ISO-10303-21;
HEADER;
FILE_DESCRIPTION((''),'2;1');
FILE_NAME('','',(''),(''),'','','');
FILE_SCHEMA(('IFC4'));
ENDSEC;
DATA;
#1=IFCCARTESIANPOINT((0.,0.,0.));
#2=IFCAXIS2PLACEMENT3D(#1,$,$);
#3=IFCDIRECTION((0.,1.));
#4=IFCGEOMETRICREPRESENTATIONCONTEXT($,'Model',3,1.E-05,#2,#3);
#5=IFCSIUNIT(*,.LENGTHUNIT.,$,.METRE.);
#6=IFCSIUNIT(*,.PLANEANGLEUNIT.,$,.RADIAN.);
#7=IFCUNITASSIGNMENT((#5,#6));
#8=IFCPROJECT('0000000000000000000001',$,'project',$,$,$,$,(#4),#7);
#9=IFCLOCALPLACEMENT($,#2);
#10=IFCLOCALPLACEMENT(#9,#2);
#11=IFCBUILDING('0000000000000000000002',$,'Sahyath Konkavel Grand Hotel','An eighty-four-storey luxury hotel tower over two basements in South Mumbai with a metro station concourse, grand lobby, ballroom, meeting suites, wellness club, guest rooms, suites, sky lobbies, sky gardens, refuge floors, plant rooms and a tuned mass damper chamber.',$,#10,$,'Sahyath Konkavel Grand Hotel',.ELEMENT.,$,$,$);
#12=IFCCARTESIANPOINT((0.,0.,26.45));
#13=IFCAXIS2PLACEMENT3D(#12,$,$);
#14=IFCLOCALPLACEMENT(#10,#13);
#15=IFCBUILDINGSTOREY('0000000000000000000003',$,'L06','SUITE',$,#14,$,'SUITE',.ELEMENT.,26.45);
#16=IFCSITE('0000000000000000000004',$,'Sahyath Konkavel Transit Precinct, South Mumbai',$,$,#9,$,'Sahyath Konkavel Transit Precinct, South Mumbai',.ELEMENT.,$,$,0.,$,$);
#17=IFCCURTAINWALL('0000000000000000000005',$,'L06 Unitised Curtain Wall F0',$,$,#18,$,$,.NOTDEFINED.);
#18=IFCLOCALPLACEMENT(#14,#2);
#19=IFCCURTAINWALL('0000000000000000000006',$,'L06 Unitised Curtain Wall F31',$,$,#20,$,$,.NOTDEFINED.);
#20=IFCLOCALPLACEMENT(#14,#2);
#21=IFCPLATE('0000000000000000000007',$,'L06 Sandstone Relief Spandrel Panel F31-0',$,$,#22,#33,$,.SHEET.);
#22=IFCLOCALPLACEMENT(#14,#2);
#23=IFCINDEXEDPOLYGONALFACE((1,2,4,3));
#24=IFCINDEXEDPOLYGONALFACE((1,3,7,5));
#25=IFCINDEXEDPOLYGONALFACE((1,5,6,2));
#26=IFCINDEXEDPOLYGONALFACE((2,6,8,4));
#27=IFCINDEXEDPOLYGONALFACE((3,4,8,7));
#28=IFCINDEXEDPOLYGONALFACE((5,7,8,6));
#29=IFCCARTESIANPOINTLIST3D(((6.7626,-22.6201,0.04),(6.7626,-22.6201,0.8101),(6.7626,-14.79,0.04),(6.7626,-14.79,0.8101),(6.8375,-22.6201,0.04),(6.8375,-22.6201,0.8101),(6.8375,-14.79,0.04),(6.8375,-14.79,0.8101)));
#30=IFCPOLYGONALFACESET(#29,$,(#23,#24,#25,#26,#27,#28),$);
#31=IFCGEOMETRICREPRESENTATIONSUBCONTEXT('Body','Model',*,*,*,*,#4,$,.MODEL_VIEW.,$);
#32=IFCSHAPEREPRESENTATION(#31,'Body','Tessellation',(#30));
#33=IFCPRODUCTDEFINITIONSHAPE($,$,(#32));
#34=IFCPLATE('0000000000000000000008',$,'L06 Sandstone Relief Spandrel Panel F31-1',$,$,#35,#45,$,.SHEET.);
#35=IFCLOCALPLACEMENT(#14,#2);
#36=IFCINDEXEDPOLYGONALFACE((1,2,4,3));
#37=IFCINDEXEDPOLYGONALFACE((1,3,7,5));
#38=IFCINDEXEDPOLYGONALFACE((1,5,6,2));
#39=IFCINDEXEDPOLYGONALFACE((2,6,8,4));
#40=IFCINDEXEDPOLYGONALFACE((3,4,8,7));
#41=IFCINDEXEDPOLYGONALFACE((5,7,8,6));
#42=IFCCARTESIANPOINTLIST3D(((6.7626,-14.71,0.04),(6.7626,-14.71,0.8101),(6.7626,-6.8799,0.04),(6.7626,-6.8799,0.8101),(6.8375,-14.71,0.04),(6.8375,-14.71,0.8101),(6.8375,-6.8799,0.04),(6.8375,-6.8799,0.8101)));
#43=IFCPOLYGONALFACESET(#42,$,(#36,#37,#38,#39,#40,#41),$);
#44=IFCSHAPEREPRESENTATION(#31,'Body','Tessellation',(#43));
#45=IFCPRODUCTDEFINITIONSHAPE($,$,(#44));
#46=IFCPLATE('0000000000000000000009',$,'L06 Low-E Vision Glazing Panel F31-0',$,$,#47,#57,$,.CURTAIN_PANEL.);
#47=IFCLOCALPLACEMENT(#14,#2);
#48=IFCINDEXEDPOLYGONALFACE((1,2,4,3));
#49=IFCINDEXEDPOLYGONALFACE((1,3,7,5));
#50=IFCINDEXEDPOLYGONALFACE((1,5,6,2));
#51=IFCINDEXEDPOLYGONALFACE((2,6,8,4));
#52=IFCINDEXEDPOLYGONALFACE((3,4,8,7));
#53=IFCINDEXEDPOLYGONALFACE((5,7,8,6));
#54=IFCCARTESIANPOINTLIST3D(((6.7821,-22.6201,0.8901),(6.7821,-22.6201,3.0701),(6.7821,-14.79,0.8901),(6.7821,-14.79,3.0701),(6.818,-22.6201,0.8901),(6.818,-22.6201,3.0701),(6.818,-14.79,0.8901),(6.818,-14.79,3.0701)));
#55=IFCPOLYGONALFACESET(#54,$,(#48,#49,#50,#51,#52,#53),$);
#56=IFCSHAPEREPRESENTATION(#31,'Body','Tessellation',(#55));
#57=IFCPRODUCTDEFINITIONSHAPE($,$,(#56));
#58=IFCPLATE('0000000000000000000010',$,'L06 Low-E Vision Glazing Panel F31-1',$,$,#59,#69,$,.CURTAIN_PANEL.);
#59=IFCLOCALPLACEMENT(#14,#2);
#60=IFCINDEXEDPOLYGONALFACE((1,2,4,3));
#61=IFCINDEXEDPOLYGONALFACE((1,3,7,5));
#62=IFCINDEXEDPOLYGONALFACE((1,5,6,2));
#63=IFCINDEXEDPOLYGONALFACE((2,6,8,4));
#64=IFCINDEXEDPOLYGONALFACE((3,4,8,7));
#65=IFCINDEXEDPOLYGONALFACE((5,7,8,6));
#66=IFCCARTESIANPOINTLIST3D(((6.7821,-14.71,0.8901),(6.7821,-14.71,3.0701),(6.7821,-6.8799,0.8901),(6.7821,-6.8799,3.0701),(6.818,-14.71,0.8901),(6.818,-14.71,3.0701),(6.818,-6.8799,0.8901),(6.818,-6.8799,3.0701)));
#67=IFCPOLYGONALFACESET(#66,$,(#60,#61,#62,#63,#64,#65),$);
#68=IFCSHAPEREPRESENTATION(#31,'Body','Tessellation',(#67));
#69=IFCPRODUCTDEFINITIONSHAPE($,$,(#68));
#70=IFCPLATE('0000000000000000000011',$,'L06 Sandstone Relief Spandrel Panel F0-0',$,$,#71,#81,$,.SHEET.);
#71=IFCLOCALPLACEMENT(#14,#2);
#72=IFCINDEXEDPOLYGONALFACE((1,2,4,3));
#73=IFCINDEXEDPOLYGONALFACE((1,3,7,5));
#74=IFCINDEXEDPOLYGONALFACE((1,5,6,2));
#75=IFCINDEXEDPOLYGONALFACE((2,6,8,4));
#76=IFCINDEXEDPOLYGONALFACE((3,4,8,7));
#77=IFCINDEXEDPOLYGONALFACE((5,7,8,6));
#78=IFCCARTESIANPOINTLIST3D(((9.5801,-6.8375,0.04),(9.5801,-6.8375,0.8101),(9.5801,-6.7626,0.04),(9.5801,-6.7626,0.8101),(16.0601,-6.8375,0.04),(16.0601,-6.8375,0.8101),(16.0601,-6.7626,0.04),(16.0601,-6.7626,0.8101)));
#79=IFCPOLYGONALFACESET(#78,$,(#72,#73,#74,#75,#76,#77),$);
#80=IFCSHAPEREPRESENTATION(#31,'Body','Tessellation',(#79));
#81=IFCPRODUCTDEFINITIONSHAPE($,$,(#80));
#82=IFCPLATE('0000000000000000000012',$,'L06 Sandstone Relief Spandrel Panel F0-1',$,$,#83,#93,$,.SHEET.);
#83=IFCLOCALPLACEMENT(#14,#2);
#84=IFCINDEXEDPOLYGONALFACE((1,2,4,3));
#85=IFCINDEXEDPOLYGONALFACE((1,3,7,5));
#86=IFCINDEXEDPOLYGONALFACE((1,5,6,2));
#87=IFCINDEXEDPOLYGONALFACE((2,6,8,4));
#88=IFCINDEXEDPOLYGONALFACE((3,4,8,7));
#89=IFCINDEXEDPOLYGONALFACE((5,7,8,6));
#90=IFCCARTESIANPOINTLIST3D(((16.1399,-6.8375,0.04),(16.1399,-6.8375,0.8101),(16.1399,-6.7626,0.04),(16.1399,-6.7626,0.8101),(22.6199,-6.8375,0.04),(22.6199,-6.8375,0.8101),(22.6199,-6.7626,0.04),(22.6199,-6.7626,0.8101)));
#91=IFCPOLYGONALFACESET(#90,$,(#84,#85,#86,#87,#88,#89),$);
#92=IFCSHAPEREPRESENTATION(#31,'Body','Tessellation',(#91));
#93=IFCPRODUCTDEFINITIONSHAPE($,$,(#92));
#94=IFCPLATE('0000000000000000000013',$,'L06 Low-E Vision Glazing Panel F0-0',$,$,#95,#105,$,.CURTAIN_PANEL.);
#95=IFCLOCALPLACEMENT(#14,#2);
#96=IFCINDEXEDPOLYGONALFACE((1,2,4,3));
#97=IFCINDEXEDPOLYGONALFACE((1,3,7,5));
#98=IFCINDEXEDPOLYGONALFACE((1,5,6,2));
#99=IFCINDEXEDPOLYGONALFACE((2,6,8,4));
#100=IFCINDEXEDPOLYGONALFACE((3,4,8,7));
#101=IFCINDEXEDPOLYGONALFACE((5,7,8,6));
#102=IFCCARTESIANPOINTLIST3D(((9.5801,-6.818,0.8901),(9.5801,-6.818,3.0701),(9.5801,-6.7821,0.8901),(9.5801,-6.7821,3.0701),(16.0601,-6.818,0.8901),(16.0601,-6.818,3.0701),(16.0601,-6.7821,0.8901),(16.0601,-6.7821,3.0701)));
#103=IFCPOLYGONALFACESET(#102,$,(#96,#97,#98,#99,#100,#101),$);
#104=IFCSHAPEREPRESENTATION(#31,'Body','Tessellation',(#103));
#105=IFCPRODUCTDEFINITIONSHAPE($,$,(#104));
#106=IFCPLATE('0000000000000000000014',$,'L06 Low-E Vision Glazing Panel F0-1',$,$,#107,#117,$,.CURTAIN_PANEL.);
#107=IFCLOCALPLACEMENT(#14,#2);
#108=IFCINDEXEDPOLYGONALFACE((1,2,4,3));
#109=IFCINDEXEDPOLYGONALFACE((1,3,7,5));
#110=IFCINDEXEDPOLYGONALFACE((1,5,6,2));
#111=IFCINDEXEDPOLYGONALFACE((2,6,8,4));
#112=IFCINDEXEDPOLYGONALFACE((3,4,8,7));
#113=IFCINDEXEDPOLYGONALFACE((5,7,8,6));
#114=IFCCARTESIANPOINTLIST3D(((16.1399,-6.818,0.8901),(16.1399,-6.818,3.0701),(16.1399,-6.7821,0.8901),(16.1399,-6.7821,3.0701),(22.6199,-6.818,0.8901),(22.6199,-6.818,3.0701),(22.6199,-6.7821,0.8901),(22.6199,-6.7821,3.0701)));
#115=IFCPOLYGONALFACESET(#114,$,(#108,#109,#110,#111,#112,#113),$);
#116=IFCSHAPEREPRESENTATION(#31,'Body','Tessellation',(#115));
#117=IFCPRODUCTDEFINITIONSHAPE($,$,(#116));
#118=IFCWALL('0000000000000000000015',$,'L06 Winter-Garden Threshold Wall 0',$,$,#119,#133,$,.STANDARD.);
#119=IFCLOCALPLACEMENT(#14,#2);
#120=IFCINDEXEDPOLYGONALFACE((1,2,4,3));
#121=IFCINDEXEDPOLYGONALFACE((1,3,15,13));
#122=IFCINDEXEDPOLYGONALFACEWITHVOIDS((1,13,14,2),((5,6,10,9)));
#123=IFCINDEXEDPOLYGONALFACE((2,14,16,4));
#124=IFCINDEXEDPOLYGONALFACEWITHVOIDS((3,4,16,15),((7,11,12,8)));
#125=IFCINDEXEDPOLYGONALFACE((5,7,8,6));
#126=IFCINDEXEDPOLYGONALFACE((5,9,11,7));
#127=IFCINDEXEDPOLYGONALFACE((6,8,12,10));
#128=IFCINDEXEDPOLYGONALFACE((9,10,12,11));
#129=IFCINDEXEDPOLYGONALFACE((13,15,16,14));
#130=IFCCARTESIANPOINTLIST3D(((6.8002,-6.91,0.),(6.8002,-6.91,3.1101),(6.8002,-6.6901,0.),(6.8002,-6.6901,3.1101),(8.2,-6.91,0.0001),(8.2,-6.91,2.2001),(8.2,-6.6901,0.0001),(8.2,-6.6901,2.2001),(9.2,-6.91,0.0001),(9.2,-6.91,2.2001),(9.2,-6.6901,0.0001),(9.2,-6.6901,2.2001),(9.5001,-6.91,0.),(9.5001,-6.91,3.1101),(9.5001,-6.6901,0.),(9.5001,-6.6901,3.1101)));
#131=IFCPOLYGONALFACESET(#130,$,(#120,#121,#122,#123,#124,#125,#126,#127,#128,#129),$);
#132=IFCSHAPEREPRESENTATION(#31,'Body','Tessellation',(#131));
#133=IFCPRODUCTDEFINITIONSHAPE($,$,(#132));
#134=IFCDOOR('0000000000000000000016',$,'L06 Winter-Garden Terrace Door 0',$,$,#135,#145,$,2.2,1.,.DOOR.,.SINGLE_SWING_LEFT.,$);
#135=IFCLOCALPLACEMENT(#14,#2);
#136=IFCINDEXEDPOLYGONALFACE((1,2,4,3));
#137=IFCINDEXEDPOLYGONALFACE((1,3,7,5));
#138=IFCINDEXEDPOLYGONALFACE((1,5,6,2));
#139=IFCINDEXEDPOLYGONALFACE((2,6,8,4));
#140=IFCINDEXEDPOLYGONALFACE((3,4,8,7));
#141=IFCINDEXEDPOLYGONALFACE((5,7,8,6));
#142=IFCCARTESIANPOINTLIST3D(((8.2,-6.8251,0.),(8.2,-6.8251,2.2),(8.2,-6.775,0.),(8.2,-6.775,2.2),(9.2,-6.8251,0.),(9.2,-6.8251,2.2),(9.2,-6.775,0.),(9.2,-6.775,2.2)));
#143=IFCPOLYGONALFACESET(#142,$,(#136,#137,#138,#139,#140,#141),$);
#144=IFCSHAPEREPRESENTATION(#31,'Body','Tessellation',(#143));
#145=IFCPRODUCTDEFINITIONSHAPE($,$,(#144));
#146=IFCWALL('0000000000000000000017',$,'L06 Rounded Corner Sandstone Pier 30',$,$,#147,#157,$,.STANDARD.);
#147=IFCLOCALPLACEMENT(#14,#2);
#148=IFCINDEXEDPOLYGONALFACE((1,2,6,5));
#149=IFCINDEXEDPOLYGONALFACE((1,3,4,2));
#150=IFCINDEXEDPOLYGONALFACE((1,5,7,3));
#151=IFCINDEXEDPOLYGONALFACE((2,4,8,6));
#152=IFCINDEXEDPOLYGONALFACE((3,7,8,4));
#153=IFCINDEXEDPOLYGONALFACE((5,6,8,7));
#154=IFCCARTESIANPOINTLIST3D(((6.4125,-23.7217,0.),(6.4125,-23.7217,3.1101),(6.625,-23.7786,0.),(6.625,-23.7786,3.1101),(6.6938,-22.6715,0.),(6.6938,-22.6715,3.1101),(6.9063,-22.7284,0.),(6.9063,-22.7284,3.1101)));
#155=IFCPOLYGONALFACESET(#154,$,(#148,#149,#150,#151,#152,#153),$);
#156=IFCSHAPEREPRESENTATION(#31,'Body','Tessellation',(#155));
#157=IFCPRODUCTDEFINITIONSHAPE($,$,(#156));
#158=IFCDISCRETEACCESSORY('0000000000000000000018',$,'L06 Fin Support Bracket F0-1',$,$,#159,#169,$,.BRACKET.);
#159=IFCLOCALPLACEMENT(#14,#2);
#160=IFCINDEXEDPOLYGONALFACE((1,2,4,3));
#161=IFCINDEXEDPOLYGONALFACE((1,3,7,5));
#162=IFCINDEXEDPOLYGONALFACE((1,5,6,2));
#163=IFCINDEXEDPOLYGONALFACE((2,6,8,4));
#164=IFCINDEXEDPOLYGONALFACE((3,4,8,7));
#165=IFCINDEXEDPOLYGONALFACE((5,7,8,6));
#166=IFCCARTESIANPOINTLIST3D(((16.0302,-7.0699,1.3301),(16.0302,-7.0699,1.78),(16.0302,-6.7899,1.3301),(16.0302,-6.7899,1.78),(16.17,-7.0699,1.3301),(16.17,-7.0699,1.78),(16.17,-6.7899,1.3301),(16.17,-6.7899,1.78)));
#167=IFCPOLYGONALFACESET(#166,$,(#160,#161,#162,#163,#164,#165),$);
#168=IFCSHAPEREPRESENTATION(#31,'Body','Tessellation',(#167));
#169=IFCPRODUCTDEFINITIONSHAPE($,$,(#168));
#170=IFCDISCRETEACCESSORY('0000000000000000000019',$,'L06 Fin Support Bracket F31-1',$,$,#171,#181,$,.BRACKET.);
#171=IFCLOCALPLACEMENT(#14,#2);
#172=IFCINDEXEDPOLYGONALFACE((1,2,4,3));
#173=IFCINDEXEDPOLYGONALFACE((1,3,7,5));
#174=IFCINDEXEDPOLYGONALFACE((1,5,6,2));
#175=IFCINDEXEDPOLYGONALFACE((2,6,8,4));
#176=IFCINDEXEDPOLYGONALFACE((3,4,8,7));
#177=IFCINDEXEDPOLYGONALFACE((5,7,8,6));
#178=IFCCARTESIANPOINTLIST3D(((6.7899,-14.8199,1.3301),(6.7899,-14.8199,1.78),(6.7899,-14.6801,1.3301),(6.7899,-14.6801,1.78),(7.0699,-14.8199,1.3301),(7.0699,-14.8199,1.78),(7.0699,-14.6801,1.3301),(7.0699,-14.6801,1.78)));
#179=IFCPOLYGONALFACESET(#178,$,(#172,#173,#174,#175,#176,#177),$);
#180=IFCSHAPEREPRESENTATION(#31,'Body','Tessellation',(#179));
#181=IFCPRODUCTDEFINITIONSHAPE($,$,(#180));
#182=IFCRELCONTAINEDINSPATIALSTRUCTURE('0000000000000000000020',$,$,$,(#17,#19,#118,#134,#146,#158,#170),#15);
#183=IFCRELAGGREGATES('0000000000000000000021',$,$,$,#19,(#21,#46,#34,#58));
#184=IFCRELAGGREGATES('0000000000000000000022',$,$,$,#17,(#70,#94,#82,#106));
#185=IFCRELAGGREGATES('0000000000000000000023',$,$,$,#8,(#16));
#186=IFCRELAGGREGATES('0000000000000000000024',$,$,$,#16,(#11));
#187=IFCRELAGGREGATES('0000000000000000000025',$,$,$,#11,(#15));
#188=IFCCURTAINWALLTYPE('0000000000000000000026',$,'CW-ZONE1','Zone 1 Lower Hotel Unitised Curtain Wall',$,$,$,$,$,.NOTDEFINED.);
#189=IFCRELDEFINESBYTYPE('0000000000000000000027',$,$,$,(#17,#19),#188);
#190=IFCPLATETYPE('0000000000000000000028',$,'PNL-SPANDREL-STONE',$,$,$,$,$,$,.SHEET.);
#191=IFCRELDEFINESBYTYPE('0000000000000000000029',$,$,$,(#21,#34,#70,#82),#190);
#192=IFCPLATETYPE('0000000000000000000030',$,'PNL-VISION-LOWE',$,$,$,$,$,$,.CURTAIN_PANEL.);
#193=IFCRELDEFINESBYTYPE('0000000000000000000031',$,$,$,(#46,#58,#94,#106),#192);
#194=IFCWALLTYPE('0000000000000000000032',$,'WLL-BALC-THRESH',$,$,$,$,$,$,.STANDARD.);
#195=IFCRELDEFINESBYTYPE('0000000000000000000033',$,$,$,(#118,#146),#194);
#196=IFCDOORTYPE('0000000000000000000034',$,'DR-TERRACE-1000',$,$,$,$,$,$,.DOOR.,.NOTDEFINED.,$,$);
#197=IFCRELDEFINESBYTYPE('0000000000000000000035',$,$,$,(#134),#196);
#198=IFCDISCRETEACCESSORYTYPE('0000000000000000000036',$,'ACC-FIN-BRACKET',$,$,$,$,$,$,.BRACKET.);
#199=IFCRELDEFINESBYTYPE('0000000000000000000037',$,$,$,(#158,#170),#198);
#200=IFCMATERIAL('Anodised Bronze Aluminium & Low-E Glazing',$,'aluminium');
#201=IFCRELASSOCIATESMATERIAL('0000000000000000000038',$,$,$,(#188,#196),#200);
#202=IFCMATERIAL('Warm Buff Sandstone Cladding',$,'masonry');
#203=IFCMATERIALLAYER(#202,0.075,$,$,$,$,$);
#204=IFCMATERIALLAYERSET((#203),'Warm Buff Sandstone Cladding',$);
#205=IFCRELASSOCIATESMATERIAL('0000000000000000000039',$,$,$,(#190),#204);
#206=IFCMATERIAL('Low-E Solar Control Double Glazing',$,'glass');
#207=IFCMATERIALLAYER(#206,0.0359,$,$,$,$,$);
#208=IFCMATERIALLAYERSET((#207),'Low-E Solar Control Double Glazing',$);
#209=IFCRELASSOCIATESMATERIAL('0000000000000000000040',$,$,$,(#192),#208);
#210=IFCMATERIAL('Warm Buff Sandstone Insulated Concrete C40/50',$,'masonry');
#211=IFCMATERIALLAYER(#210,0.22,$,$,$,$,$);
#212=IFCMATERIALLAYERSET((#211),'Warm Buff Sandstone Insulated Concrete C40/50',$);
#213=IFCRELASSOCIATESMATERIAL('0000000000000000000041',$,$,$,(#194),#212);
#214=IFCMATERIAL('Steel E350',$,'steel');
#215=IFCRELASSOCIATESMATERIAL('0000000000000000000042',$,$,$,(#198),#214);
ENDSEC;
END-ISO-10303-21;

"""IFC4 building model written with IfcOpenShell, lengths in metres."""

from ifc_helpers import new_model, si_unit, direction, frame, frame_2d, origin, origin_2d, place, context, subcontext, project, spatial, rectangle, extrude, source, transform, mapped, material, layer, layer_set, type_object, element, fill, aggregate, save


model = new_model("IFC4")

# Units and contexts
model_context = context("Model", 3, precision=1e-05, world=origin(), true_north=direction((0.0, 1.0)))
body_context = subcontext(model_context, "Body", "Model", "MODEL_VIEW")
ifc_project = project(units=[si_unit("LENGTHUNIT", "METRE"), si_unit("PLANEANGLEUNIT", "RADIAN")], contexts=[model_context])

# Site, building, storey
site_placement = place(None, origin())
site = spatial("IfcSite", under=ifc_project, at=site_placement, Name="Sahyath Konkavel Transit Precinct, South Mumbai", LongName="Sahyath Konkavel Transit Precinct, South Mumbai", CompositionType="ELEMENT", RefElevation=0.0)
building_placement = place(site_placement, origin())
building = spatial("IfcBuilding", under=site, at=building_placement, Name="Sahyath Konkavel Grand Hotel", Description="An eighty-four-storey luxury hotel tower over two basements in South Mumbai with a metro station concourse, grand lobby, ballroom, meeting suites, wellness club, guest rooms, suites, sky lobbies, sky gardens, refuge floors, plant rooms and a tuned mass damper chamber.", LongName="Sahyath Konkavel Grand Hotel", CompositionType="ELEMENT")
storey_placement = place(building_placement, frame((0.0, 0.0, 26.45)))
storey = spatial("IfcBuildingStorey", under=building, at=storey_placement, Name="L06", Description="SUITE", LongName="SUITE", CompositionType="ELEMENT", Elevation=26.45)

# Curtain wall
ifc_material_1 = material(Name="Anodised Bronze Aluminium & Low-E Glazing", Category="aluminium")
curtain_wall_type = type_object("IfcCurtainWallType", Name="CW-ZONE1", Description="Zone 1 Lower Hotel Unitised Curtain Wall", PredefinedType="NOTDEFINED", material=ifc_material_1)
curtain_wall_1_placement = place(storey_placement, origin())
curtain_wall_1 = element("IfcCurtainWall", 1, at=curtain_wall_1_placement, inside=storey, type_object=curtain_wall_type, Name="L06 Unitised Curtain Wall F0", PredefinedType="NOTDEFINED")

# Curtain wall
curtain_wall_2_placement = place(storey_placement, origin())
curtain_wall_2 = element("IfcCurtainWall", 2, at=curtain_wall_2_placement, inside=storey, type_object=curtain_wall_type, Name="L06 Unitised Curtain Wall F31", PredefinedType="NOTDEFINED")

# Plates
ifc_material_2 = material(Name="Warm Buff Sandstone Cladding", Category="masonry")
ifc_layer_1 = layer(ifc_material_2, 0.075)
ifc_layer_set_1 = layer_set([ifc_layer_1], Name="Warm Buff Sandstone Cladding")
plate_type_1 = type_object("IfcPlateType", Name="PNL-SPANDREL-STONE", PredefinedType="SHEET", material=ifc_layer_set_1)
shared_shape_1 = source(origin(), body_context, "Body", "SweptSolid", [
    extrude(rectangle(XDim=7.8301, YDim=0.075, at=origin_2d()), origin(), (0.0, 0.0, 1.0), 0.77),
])
plate_1_placement = place(storey_placement, frame((6.8, -18.7051, 0.04), z_axis=(0.0, 0.0, 1.0), x_axis=(0.0, 1.0, 0.0)))
plate_1 = element("IfcPlate", 3, at=plate_1_placement, type_object=plate_type_1, Name="L06 Sandstone Relief Spandrel Panel F31-0", PredefinedType="SHEET", context=body_context, shape_type="MappedRepresentation", body=[
    mapped(shared_shape_1, transform((0.0, 0.0, 0.0), scale=1.0)),
])
plate_2_placement = place(storey_placement, frame((6.8, -10.7949, 0.04), z_axis=(0.0, 0.0, 1.0), x_axis=(0.0, 1.0, 0.0)))
plate_2 = element("IfcPlate", 4, at=plate_2_placement, type_object=plate_type_1, Name="L06 Sandstone Relief Spandrel Panel F31-1", PredefinedType="SHEET", context=body_context, shape_type="MappedRepresentation", body=[
    mapped(shared_shape_1, transform((0.0, 0.0, 0.0), scale=1.0)),
])
ifc_material_3 = material(Name="Low-E Solar Control Double Glazing", Category="glass")
ifc_layer_2 = layer(ifc_material_3, 0.0359)
ifc_layer_set_2 = layer_set([ifc_layer_2], Name="Low-E Solar Control Double Glazing")
plate_type_2 = type_object("IfcPlateType", Name="PNL-VISION-LOWE", PredefinedType="CURTAIN_PANEL", material=ifc_layer_set_2)
shared_shape_2 = source(origin(), body_context, "Body", "SweptSolid", [
    extrude(rectangle(XDim=7.8301, YDim=0.0359, at=origin_2d()), origin(), (0.0, 0.0, 1.0), 2.1799),
])
plate_3_placement = place(storey_placement, frame((6.8, -18.7051, 0.8901), z_axis=(0.0, 0.0, 1.0), x_axis=(0.0, 1.0, 0.0)))
plate_3 = element("IfcPlate", 5, at=plate_3_placement, type_object=plate_type_2, Name="L06 Low-E Vision Glazing Panel F31-0", PredefinedType="CURTAIN_PANEL", context=body_context, shape_type="MappedRepresentation", body=[
    mapped(shared_shape_2, transform((0.0, 0.0, 0.0), scale=1.0)),
])
plate_4_placement = place(storey_placement, frame((6.8, -10.7949, 0.8901), z_axis=(0.0, 0.0, 1.0), x_axis=(0.0, 1.0, 0.0)))
plate_4 = element("IfcPlate", 6, at=plate_4_placement, type_object=plate_type_2, Name="L06 Low-E Vision Glazing Panel F31-1", PredefinedType="CURTAIN_PANEL", context=body_context, shape_type="MappedRepresentation", body=[
    mapped(shared_shape_2, transform((0.0, 0.0, 0.0), scale=1.0)),
])
aggregate(curtain_wall_2, [plate_1, plate_3, plate_2, plate_4])
shared_shape_3 = source(origin(), body_context, "Body", "SweptSolid", [
    extrude(rectangle(XDim=6.48, YDim=0.075, at=origin_2d()), origin(), (0.0, 0.0, 1.0), 0.77),
])
plate_5_placement = place(storey_placement, frame((12.8201, -6.8, 0.04), z_axis=(0.0, 0.0, 1.0), x_axis=(1.0, 0.0, 0.0)))
plate_5 = element("IfcPlate", 7, at=plate_5_placement, type_object=plate_type_1, Name="L06 Sandstone Relief Spandrel Panel F0-0", PredefinedType="SHEET", context=body_context, shape_type="MappedRepresentation", body=[
    mapped(shared_shape_3, transform((0.0, 0.0, 0.0), scale=1.0)),
])
plate_6_placement = place(storey_placement, frame((19.3799, -6.8, 0.04), z_axis=(0.0, 0.0, 1.0), x_axis=(1.0, 0.0, 0.0)))
plate_6 = element("IfcPlate", 8, at=plate_6_placement, type_object=plate_type_1, Name="L06 Sandstone Relief Spandrel Panel F0-1", PredefinedType="SHEET", context=body_context, shape_type="MappedRepresentation", body=[
    mapped(shared_shape_3, transform((0.0, 0.0, 0.0), scale=1.0)),
])
shared_shape_4 = source(origin(), body_context, "Body", "SweptSolid", [
    extrude(rectangle(XDim=6.48, YDim=0.0359, at=origin_2d()), origin(), (0.0, 0.0, 1.0), 2.1799),
])
plate_7_placement = place(storey_placement, frame((12.8201, -6.8, 0.8901), z_axis=(0.0, 0.0, 1.0), x_axis=(1.0, 0.0, 0.0)))
plate_7 = element("IfcPlate", 9, at=plate_7_placement, type_object=plate_type_2, Name="L06 Low-E Vision Glazing Panel F0-0", PredefinedType="CURTAIN_PANEL", context=body_context, shape_type="MappedRepresentation", body=[
    mapped(shared_shape_4, transform((0.0, 0.0, 0.0), scale=1.0)),
])
plate_8_placement = place(storey_placement, frame((19.3799, -6.8, 0.8901), z_axis=(0.0, 0.0, 1.0), x_axis=(1.0, 0.0, 0.0)))
plate_8 = element("IfcPlate", 10, at=plate_8_placement, type_object=plate_type_2, Name="L06 Low-E Vision Glazing Panel F0-1", PredefinedType="CURTAIN_PANEL", context=body_context, shape_type="MappedRepresentation", body=[
    mapped(shared_shape_4, transform((0.0, 0.0, 0.0), scale=1.0)),
])
aggregate(curtain_wall_1, [plate_5, plate_7, plate_6, plate_8])

# Wall, opening, door
ifc_material_4 = material(Name="Warm Buff Sandstone Insulated Concrete C40/50", Category="masonry")
ifc_layer_3 = layer(ifc_material_4, 0.22)
ifc_layer_set_3 = layer_set([ifc_layer_3], Name="Warm Buff Sandstone Insulated Concrete C40/50")
wall_type = type_object("IfcWallType", Name="WLL-BALC-THRESH", PredefinedType="STANDARD", material=ifc_layer_set_3)
wall_1_placement = place(storey_placement, frame((6.8, -6.8, 0.0), z_axis=(0.0, 0.0, 1.0), x_axis=(1.0, 0.0, 0.0)))
wall_1 = element("IfcWall", 11, at=wall_1_placement, inside=storey, type_object=wall_type, Name="L06 Winter-Garden Threshold Wall 0", PredefinedType="STANDARD", context=body_context, shape_type="SweptSolid", body=[
    extrude(rectangle(XDim=2.7, YDim=0.22, at=frame_2d((1.3501, 0.0))), origin(), (0.0, 0.0, 1.0), 3.1101),
])
opening_placement = place(wall_1_placement, frame((1.3999, 0.0, 0.0)))
opening = element("IfcOpeningElement", 12, at=opening_placement, cuts=wall_1, PredefinedType="OPENING", context=body_context, shape_type="SweptSolid", body=[
    extrude(rectangle(XDim=1.0, YDim=2.2, at=frame_2d((0.5, 1.1001))), frame((0.0, 0.1201, 0.0), z_axis=(0.0, -1.0, 0.0), x_axis=(1.0, 0.0, 0.0)), (0.0, 0.0, 1.0), 0.24),
])
door_type = type_object("IfcDoorType", Name="DR-TERRACE-1000", OperationType="NOTDEFINED", PredefinedType="DOOR", material=ifc_material_1)
shared_shape_5 = source(origin(), body_context, "Body", "SweptSolid", [
    extrude(rectangle(XDim=1.0, YDim=0.05, at=origin_2d()), origin(), (0.0, 0.0, 1.0), 2.2),
])
door_placement = place(opening_placement, frame((0.5, 0.0, 0.0)))
door = element("IfcDoor", 13, at=door_placement, inside=storey, type_object=door_type, Name="L06 Winter-Garden Terrace Door 0", OperationType="SINGLE_SWING_LEFT", OverallHeight=2.2, OverallWidth=1.0, PredefinedType="DOOR", context=body_context, shape_type="MappedRepresentation", body=[
    mapped(shared_shape_5, transform((0.0, 0.0, 0.0), scale=1.0)),
])
fill(opening, door)

# Wall
wall_2_placement = place(storey_placement, frame((6.5188, -23.75, 0.0), z_axis=(0.0, 0.0, 1.0), x_axis=(0.258725, 0.965951, 0.0)))
element("IfcWall", 14, at=wall_2_placement, inside=storey, type_object=wall_type, Name="L06 Rounded Corner Sandstone Pier 30", PredefinedType="STANDARD", context=body_context, shape_type="SweptSolid", body=[
    extrude(rectangle(XDim=1.0872, YDim=0.22, at=frame_2d((0.5435, 0.0))), origin(), (0.0, 0.0, 1.0), 3.1101),
])

# Discrete accessories
ifc_material_5 = material(Name="Steel E350", Category="steel")
discrete_accessory_type = type_object("IfcDiscreteAccessoryType", Name="ACC-FIN-BRACKET", PredefinedType="BRACKET", material=ifc_material_5)
shared_shape_6 = source(origin(), body_context, "Body", "SweptSolid", [
    extrude(rectangle(XDim=0.28, YDim=0.1399, at=origin_2d()), origin(), (0.0, 0.0, 1.0), 0.45),
])
for number, where, z_axis, x_axis, name in (
    (15, (16.1001, -6.9299, 1.3301), (0.0, 0.0, 1.0), (0.0, -1.0, 0.0), "L06 Fin Support Bracket F0-1"),
    (16, (6.9299, -14.75, 1.3301), (0.0, 0.0, 1.0), (1.0, 0.0, 0.0), "L06 Fin Support Bracket F31-1"),
):
    element("IfcDiscreteAccessory", number, at=place(storey_placement, frame(where, z_axis=z_axis, x_axis=x_axis)), inside=storey, type_object=discrete_accessory_type, Name=name, PredefinedType="BRACKET", context=body_context, shape_type="MappedRepresentation", body=[
        mapped(shared_shape_6, transform((0.0, 0.0, 0.0), scale=1.0)),
    ])

save(model, "model.ifc")
